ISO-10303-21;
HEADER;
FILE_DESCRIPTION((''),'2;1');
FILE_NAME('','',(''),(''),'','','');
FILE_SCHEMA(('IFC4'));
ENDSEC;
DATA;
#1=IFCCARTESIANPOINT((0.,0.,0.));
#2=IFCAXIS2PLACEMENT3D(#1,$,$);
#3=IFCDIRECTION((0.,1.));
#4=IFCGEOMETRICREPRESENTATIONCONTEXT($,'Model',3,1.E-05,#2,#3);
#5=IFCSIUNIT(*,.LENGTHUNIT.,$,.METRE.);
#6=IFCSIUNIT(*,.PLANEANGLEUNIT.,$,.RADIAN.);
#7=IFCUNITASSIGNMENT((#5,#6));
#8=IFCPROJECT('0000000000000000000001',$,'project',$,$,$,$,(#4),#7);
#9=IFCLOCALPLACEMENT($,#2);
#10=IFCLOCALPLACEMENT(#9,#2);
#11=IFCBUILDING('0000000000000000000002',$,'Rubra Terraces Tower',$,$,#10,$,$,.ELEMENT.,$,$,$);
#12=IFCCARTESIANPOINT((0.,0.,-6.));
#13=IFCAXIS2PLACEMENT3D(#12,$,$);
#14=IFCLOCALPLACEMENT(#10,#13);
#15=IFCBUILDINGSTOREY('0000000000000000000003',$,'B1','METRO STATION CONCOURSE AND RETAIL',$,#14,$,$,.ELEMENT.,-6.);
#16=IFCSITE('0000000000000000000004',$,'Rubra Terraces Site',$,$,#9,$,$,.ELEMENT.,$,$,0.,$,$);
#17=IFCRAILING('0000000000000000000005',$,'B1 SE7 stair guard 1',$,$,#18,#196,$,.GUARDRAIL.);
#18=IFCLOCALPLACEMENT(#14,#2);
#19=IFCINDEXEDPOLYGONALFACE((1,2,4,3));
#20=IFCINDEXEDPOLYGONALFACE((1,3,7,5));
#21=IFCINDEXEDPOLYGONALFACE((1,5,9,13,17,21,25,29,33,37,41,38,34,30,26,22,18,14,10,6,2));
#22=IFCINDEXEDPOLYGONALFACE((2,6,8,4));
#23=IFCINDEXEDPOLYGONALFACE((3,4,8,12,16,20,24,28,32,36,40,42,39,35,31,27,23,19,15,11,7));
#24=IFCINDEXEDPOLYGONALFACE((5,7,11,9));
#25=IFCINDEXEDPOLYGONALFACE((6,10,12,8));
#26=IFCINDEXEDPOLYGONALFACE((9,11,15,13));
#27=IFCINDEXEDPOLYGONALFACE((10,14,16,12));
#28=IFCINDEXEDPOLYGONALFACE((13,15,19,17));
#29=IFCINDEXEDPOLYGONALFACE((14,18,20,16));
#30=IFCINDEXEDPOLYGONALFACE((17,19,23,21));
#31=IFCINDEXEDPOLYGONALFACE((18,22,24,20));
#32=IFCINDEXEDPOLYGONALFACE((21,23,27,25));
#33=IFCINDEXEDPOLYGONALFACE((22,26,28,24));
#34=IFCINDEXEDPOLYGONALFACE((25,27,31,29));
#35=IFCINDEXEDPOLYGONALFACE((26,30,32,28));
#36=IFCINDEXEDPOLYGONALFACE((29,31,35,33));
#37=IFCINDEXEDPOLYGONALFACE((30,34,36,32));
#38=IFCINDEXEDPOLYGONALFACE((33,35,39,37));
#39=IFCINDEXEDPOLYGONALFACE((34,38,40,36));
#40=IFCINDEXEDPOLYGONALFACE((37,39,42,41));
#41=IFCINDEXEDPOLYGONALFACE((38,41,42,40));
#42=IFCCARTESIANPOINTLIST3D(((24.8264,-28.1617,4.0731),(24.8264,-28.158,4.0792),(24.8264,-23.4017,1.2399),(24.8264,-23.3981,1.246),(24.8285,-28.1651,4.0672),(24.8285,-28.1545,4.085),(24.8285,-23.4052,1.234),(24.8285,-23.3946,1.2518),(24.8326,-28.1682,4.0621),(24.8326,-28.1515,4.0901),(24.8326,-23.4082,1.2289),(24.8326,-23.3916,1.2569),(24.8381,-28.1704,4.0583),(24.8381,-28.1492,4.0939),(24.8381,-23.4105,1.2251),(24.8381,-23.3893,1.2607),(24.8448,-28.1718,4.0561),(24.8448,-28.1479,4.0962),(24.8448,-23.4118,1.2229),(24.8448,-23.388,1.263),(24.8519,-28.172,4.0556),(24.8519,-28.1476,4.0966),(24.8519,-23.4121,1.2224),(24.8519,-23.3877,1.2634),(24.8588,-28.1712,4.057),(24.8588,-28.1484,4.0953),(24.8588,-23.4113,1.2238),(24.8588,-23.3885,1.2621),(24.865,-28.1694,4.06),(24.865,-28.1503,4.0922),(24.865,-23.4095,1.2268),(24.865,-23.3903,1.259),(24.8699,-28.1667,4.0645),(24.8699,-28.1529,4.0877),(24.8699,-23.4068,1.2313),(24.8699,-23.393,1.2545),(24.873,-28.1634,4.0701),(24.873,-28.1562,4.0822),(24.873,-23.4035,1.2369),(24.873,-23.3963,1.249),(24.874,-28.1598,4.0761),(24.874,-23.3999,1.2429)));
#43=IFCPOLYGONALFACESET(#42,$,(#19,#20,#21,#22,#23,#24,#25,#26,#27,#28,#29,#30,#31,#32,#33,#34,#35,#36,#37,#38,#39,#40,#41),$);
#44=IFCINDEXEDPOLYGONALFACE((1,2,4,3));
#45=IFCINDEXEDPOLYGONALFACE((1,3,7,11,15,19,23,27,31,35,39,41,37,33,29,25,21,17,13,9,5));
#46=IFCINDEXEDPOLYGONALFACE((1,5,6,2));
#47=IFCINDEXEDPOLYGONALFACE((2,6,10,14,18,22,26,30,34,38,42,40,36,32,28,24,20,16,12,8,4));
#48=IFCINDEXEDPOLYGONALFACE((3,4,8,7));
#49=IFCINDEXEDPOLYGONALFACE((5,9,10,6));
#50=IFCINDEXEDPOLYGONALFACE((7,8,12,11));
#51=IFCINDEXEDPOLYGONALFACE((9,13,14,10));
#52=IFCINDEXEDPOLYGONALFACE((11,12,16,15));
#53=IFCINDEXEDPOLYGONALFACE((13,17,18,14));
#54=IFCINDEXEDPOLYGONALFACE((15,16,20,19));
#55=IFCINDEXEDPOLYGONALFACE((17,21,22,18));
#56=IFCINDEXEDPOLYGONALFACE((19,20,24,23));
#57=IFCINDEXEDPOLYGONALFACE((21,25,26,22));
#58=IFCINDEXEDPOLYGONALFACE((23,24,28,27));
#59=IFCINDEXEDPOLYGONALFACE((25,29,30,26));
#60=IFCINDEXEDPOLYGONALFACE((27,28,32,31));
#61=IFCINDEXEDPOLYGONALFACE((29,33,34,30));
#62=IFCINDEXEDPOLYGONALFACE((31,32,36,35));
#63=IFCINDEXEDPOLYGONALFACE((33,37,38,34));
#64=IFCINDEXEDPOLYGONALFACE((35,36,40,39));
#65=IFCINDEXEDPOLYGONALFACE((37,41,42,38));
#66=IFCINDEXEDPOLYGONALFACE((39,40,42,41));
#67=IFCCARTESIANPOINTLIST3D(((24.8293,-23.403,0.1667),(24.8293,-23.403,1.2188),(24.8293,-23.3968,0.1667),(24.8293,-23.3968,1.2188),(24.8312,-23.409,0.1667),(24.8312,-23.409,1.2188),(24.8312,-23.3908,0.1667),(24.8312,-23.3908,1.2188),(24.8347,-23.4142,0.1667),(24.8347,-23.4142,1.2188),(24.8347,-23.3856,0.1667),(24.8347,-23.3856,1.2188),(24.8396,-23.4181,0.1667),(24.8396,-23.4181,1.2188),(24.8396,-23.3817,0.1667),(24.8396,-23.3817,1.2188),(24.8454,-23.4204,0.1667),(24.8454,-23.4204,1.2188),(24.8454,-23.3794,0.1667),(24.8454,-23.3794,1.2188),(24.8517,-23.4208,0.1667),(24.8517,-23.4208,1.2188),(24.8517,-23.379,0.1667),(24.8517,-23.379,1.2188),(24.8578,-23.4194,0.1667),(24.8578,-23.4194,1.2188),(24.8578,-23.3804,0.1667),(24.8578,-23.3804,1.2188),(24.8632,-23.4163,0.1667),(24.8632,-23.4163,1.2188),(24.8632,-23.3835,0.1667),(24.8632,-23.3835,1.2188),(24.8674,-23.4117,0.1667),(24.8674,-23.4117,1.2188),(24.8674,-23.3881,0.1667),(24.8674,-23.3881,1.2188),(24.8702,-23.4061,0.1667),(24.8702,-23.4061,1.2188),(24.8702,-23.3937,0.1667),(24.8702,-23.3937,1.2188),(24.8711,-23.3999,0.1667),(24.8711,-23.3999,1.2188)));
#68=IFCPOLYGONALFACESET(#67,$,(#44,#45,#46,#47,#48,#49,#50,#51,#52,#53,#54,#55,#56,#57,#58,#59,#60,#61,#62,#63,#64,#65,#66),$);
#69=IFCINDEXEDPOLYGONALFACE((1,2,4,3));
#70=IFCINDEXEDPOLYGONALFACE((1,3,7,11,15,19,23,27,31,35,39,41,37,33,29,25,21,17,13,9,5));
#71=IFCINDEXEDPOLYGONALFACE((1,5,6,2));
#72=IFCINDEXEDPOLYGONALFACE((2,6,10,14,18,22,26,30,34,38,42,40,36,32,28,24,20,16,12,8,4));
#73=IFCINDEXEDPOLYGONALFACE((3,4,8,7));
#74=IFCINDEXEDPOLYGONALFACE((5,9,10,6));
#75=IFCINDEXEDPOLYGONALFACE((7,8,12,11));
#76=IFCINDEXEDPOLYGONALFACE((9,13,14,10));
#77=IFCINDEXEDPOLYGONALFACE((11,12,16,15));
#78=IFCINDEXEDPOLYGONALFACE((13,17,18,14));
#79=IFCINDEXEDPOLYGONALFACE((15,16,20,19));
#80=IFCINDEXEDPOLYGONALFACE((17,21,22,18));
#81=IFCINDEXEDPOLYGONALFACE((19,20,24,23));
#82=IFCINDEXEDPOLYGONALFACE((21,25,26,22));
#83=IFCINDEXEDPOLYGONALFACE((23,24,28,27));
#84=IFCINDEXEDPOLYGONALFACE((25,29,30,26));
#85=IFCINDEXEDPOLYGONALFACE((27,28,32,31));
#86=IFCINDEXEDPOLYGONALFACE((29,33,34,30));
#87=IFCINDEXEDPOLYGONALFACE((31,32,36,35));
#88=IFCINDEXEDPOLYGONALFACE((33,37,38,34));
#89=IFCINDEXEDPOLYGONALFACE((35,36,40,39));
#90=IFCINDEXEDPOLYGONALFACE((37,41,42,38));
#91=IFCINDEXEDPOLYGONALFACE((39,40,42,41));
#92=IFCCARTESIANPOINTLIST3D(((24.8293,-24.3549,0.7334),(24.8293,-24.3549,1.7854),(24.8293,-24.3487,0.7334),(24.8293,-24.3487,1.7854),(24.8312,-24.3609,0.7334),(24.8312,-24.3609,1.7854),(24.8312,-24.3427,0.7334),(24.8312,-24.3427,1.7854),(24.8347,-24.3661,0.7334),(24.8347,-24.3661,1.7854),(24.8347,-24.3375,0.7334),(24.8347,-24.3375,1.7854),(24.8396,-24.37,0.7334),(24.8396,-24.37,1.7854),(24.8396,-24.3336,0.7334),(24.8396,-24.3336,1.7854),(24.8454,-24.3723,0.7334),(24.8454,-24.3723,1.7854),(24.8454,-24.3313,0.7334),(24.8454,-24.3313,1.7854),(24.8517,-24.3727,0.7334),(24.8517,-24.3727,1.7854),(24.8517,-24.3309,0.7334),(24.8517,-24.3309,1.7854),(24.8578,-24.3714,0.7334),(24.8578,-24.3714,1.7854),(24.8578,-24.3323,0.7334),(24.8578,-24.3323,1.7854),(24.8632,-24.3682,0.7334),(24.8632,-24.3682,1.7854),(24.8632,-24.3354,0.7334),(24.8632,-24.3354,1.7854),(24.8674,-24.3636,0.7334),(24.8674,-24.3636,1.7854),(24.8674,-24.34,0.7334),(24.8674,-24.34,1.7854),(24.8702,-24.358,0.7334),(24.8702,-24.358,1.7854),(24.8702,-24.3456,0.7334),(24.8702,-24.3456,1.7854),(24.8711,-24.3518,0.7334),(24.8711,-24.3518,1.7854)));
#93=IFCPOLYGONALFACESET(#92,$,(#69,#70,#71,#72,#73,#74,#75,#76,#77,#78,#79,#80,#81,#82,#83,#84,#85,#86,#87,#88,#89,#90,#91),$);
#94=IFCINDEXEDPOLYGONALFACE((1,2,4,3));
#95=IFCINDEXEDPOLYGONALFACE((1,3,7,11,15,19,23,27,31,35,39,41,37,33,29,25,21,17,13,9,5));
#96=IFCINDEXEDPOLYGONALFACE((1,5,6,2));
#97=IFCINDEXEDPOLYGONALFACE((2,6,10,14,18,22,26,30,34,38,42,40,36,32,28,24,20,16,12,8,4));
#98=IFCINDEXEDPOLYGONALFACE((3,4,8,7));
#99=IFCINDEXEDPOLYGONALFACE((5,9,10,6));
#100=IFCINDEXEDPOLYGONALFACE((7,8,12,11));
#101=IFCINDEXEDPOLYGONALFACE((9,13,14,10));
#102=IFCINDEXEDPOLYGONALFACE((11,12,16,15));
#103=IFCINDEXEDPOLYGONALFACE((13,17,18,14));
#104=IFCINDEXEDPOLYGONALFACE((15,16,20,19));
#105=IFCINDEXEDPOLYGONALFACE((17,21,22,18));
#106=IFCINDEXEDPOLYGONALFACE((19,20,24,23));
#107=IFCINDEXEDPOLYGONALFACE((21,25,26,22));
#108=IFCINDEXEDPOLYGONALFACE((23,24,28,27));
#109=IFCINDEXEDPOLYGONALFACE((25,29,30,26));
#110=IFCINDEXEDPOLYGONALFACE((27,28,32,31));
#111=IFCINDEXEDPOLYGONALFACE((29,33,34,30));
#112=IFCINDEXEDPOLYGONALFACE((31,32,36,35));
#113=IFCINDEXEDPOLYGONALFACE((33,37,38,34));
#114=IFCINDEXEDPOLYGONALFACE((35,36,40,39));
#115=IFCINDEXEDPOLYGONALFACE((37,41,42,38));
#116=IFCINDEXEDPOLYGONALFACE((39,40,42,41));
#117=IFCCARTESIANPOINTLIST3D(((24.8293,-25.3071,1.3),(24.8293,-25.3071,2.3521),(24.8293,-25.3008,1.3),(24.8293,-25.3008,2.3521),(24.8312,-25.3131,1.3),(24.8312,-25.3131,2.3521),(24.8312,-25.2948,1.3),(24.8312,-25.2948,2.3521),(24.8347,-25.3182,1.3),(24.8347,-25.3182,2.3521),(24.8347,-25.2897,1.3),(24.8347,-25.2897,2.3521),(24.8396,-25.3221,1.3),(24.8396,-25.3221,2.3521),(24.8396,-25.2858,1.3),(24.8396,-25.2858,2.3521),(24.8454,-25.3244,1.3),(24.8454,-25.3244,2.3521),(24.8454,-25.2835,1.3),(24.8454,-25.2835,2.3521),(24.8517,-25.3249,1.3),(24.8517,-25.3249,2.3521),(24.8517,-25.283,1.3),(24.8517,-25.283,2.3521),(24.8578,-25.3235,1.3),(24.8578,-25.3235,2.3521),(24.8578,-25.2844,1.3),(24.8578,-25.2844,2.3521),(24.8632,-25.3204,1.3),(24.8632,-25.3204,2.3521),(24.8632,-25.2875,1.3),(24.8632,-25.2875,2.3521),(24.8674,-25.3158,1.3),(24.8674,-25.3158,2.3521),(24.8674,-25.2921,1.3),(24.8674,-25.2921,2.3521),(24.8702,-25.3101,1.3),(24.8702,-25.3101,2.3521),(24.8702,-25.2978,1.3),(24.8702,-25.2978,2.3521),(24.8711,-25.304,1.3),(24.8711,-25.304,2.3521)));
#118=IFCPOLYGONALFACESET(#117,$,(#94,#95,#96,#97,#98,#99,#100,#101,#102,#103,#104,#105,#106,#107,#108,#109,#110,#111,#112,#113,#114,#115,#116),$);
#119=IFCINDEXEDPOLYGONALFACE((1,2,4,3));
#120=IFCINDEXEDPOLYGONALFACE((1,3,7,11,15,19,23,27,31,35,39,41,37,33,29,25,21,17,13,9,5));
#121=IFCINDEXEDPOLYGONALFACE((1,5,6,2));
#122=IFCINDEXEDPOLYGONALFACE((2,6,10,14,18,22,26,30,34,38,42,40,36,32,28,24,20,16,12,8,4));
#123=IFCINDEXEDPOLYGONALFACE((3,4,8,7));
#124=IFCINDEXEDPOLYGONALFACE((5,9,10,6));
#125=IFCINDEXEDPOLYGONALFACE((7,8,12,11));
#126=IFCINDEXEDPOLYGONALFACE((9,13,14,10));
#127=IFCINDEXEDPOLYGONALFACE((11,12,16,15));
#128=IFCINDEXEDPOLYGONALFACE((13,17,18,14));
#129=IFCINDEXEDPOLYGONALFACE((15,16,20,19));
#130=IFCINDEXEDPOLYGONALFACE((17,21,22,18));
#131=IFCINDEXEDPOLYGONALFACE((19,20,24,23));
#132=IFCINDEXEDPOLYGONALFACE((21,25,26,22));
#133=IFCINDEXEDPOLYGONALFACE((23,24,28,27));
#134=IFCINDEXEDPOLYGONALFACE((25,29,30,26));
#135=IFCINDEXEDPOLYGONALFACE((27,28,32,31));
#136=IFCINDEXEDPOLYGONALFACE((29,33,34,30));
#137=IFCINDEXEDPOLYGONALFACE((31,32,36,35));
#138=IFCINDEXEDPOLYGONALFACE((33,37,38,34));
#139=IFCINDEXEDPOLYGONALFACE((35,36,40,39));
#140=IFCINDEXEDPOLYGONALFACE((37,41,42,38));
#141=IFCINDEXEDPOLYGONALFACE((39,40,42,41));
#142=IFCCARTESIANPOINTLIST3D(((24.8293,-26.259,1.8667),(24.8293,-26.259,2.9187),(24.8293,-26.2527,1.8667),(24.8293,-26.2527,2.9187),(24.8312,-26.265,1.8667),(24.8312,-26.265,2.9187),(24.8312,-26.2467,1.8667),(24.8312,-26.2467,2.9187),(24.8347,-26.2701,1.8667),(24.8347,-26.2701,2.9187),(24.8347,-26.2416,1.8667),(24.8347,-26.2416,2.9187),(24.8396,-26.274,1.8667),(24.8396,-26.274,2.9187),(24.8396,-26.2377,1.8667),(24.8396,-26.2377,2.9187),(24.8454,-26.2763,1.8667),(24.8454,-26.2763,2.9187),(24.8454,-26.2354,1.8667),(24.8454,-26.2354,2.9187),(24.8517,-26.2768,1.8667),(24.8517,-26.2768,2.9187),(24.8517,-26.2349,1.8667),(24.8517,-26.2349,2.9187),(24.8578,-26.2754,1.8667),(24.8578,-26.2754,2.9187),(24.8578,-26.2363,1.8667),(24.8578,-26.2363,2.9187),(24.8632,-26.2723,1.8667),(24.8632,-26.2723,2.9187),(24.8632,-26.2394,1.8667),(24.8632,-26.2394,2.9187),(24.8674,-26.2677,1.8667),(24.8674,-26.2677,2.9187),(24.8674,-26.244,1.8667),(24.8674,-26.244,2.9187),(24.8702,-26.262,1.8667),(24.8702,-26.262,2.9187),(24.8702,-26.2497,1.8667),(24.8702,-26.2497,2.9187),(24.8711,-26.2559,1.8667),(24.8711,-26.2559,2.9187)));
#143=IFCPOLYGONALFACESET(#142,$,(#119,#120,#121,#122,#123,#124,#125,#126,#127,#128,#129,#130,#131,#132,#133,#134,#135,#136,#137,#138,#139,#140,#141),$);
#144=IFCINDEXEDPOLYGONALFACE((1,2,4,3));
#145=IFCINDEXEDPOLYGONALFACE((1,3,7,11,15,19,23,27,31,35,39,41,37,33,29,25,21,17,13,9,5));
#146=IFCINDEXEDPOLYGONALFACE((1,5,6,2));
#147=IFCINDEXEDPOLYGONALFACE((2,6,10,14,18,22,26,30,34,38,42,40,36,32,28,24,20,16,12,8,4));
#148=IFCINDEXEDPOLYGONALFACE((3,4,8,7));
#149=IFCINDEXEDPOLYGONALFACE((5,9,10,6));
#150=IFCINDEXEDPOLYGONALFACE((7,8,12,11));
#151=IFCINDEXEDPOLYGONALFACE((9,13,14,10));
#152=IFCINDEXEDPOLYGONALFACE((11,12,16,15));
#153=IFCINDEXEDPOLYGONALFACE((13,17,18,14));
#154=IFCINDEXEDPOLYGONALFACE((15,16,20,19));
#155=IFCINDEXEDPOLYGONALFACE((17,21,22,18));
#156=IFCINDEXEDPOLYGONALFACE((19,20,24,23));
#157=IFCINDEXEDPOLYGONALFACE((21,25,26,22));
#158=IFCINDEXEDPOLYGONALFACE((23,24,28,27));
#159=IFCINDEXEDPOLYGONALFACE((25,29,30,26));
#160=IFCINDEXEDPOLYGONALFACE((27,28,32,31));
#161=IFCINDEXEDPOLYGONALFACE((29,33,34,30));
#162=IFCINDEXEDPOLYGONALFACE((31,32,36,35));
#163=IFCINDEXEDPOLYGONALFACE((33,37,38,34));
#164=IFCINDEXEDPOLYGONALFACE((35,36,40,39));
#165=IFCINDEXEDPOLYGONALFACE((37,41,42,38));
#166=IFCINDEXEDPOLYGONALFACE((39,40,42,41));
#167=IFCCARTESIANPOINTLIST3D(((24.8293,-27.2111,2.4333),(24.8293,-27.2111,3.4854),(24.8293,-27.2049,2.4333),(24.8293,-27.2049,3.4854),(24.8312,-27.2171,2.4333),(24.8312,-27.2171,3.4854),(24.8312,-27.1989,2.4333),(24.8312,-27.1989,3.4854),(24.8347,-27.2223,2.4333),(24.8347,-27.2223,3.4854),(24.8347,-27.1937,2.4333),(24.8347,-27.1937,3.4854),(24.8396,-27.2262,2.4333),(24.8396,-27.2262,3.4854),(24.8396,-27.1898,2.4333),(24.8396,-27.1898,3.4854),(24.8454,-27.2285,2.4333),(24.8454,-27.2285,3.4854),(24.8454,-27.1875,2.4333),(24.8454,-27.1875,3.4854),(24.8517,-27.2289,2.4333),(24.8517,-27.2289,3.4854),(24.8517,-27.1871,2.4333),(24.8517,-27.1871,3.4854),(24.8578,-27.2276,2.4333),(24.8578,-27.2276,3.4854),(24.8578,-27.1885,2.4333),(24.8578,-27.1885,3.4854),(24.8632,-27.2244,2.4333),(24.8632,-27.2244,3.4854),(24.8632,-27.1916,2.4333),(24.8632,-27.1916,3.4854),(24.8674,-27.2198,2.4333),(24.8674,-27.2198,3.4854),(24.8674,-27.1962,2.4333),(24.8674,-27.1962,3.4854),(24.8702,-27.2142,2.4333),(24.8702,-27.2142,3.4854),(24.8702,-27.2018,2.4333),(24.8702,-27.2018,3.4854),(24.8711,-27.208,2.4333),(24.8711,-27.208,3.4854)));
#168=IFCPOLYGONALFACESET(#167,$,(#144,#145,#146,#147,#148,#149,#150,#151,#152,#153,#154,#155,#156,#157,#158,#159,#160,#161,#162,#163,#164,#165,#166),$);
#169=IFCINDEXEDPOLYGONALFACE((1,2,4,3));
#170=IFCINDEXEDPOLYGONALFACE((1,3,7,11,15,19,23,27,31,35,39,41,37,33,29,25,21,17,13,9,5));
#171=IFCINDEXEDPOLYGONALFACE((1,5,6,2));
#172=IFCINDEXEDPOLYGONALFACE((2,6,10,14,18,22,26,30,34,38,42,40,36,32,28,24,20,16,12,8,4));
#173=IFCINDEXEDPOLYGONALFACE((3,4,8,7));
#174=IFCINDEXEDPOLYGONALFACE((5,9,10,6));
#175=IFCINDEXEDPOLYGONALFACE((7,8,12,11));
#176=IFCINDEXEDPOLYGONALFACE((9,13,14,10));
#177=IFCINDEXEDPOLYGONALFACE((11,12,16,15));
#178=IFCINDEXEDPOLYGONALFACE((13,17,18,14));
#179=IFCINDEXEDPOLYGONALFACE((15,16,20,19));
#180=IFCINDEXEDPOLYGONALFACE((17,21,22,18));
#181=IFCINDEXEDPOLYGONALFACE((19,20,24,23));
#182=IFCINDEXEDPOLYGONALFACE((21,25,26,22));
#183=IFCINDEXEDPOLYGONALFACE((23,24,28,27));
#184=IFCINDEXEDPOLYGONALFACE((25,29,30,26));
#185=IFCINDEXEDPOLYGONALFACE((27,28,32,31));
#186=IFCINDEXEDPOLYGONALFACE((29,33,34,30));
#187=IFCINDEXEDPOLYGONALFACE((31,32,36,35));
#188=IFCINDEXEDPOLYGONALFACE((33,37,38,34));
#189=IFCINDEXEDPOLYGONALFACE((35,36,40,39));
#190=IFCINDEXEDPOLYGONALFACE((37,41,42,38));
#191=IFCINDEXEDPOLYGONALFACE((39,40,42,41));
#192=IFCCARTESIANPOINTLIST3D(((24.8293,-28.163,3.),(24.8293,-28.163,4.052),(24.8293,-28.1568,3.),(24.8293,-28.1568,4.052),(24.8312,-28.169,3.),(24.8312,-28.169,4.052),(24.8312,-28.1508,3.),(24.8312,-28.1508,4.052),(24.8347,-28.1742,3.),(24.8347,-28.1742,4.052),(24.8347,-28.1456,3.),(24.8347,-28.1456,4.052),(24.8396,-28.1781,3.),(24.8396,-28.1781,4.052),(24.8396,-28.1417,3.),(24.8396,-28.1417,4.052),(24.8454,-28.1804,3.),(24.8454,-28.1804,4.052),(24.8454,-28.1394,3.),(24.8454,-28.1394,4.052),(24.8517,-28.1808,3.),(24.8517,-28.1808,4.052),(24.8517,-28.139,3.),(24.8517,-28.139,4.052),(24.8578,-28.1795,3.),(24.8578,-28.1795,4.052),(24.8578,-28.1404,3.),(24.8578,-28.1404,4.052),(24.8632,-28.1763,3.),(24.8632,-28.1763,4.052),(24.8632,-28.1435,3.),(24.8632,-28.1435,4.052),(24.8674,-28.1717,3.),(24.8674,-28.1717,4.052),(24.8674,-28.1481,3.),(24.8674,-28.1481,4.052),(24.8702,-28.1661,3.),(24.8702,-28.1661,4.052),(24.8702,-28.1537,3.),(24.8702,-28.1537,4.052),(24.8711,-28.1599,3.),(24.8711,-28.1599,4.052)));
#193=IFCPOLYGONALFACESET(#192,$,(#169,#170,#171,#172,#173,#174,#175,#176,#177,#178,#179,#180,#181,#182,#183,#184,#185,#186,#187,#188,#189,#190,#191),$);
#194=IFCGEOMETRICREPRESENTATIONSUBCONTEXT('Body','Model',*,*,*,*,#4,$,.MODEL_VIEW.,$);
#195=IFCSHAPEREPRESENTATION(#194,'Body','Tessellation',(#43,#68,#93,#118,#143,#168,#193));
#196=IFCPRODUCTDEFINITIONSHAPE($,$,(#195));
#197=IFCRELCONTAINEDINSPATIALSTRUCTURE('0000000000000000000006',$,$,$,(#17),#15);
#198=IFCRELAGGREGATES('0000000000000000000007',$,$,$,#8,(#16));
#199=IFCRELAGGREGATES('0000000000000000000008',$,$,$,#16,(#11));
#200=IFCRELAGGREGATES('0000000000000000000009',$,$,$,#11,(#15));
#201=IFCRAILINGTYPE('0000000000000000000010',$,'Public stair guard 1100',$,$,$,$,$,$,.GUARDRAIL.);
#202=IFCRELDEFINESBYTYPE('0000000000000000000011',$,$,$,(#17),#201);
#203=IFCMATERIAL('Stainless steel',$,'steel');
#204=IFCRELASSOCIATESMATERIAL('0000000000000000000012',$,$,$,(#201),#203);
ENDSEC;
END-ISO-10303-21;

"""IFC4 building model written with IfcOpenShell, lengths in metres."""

from ifc_helpers import new_model, si_unit, direction, frame, origin, origin_2d, place, context, subcontext, project, spatial, circle, extrude, material, type_object, element, save


model = new_model("IFC4")

# Units and contexts
model_context = context("Model", 3, precision=1e-05, world=origin(), true_north=direction((0.0, 1.0)))
body_context = subcontext(model_context, "Body", "Model", "MODEL_VIEW")
ifc_project = project(units=[si_unit("LENGTHUNIT", "METRE"), si_unit("PLANEANGLEUNIT", "RADIAN")], contexts=[model_context])

# Site, building, storey
site_placement = place(None, origin())
site = spatial("IfcSite", under=ifc_project, at=site_placement, Name="Rubra Terraces Site", CompositionType="ELEMENT", RefElevation=0.0)
building_placement = place(site_placement, origin())
building = spatial("IfcBuilding", under=site, at=building_placement, Name="Rubra Terraces Tower", CompositionType="ELEMENT")
storey_placement = place(building_placement, frame((0.0, 0.0, -6.0)))
storey = spatial("IfcBuildingStorey", under=building, at=storey_placement, Name="B1", Description="METRO STATION CONCOURSE AND RETAIL", CompositionType="ELEMENT", Elevation=-6.0)

# Railing
ifc_material_1 = material(Name="Stainless steel", Category="steel")
railing_type_1 = type_object("IfcRailingType", Name="Public stair guard 1100", PredefinedType="GUARDRAIL", material=ifc_material_1)
railing_1_placement = place(storey_placement, frame((24.8501, -23.3999, 0.1667)))
element("IfcRailing", 1, at=railing_1_placement, inside=storey, type_object=railing_type_1, Name="B1 SE7 stair guard 1", PredefinedType="GUARDRAIL", context=body_context, shape_type="SweptSolid", body=[
    extrude(circle(Radius=0.0239, at=origin_2d()), frame((0.0, 0.0, 1.0762), z_axis=(0.0, -0.8593, 0.511472), x_axis=(1.0, 0.0, 0.0)), (0.0, 0.0, 1.0), 5.5393),
    extrude(circle(Radius=0.021, at=origin_2d()), origin(), (0.0, 0.0, 1.0), 1.052),
    extrude(circle(Radius=0.021, at=origin_2d()), frame((0.0, -0.9519, 0.5667)), (0.0, 0.0, 1.0), 1.052),
    extrude(circle(Radius=0.021, at=origin_2d()), frame((0.0, -1.9041, 1.1333)), (0.0, 0.0, 1.0), 1.052),
    extrude(circle(Radius=0.021, at=origin_2d()), frame((0.0, -2.856, 1.7)), (0.0, 0.0, 1.0), 1.052),
    extrude(circle(Radius=0.021, at=origin_2d()), frame((0.0, -3.8081, 2.2666)), (0.0, 0.0, 1.0), 1.052),
    extrude(circle(Radius=0.021, at=origin_2d()), frame((0.0, -4.76, 2.8333)), (0.0, 0.0, 1.0), 1.052),
])

save(model, "model.ifc")
